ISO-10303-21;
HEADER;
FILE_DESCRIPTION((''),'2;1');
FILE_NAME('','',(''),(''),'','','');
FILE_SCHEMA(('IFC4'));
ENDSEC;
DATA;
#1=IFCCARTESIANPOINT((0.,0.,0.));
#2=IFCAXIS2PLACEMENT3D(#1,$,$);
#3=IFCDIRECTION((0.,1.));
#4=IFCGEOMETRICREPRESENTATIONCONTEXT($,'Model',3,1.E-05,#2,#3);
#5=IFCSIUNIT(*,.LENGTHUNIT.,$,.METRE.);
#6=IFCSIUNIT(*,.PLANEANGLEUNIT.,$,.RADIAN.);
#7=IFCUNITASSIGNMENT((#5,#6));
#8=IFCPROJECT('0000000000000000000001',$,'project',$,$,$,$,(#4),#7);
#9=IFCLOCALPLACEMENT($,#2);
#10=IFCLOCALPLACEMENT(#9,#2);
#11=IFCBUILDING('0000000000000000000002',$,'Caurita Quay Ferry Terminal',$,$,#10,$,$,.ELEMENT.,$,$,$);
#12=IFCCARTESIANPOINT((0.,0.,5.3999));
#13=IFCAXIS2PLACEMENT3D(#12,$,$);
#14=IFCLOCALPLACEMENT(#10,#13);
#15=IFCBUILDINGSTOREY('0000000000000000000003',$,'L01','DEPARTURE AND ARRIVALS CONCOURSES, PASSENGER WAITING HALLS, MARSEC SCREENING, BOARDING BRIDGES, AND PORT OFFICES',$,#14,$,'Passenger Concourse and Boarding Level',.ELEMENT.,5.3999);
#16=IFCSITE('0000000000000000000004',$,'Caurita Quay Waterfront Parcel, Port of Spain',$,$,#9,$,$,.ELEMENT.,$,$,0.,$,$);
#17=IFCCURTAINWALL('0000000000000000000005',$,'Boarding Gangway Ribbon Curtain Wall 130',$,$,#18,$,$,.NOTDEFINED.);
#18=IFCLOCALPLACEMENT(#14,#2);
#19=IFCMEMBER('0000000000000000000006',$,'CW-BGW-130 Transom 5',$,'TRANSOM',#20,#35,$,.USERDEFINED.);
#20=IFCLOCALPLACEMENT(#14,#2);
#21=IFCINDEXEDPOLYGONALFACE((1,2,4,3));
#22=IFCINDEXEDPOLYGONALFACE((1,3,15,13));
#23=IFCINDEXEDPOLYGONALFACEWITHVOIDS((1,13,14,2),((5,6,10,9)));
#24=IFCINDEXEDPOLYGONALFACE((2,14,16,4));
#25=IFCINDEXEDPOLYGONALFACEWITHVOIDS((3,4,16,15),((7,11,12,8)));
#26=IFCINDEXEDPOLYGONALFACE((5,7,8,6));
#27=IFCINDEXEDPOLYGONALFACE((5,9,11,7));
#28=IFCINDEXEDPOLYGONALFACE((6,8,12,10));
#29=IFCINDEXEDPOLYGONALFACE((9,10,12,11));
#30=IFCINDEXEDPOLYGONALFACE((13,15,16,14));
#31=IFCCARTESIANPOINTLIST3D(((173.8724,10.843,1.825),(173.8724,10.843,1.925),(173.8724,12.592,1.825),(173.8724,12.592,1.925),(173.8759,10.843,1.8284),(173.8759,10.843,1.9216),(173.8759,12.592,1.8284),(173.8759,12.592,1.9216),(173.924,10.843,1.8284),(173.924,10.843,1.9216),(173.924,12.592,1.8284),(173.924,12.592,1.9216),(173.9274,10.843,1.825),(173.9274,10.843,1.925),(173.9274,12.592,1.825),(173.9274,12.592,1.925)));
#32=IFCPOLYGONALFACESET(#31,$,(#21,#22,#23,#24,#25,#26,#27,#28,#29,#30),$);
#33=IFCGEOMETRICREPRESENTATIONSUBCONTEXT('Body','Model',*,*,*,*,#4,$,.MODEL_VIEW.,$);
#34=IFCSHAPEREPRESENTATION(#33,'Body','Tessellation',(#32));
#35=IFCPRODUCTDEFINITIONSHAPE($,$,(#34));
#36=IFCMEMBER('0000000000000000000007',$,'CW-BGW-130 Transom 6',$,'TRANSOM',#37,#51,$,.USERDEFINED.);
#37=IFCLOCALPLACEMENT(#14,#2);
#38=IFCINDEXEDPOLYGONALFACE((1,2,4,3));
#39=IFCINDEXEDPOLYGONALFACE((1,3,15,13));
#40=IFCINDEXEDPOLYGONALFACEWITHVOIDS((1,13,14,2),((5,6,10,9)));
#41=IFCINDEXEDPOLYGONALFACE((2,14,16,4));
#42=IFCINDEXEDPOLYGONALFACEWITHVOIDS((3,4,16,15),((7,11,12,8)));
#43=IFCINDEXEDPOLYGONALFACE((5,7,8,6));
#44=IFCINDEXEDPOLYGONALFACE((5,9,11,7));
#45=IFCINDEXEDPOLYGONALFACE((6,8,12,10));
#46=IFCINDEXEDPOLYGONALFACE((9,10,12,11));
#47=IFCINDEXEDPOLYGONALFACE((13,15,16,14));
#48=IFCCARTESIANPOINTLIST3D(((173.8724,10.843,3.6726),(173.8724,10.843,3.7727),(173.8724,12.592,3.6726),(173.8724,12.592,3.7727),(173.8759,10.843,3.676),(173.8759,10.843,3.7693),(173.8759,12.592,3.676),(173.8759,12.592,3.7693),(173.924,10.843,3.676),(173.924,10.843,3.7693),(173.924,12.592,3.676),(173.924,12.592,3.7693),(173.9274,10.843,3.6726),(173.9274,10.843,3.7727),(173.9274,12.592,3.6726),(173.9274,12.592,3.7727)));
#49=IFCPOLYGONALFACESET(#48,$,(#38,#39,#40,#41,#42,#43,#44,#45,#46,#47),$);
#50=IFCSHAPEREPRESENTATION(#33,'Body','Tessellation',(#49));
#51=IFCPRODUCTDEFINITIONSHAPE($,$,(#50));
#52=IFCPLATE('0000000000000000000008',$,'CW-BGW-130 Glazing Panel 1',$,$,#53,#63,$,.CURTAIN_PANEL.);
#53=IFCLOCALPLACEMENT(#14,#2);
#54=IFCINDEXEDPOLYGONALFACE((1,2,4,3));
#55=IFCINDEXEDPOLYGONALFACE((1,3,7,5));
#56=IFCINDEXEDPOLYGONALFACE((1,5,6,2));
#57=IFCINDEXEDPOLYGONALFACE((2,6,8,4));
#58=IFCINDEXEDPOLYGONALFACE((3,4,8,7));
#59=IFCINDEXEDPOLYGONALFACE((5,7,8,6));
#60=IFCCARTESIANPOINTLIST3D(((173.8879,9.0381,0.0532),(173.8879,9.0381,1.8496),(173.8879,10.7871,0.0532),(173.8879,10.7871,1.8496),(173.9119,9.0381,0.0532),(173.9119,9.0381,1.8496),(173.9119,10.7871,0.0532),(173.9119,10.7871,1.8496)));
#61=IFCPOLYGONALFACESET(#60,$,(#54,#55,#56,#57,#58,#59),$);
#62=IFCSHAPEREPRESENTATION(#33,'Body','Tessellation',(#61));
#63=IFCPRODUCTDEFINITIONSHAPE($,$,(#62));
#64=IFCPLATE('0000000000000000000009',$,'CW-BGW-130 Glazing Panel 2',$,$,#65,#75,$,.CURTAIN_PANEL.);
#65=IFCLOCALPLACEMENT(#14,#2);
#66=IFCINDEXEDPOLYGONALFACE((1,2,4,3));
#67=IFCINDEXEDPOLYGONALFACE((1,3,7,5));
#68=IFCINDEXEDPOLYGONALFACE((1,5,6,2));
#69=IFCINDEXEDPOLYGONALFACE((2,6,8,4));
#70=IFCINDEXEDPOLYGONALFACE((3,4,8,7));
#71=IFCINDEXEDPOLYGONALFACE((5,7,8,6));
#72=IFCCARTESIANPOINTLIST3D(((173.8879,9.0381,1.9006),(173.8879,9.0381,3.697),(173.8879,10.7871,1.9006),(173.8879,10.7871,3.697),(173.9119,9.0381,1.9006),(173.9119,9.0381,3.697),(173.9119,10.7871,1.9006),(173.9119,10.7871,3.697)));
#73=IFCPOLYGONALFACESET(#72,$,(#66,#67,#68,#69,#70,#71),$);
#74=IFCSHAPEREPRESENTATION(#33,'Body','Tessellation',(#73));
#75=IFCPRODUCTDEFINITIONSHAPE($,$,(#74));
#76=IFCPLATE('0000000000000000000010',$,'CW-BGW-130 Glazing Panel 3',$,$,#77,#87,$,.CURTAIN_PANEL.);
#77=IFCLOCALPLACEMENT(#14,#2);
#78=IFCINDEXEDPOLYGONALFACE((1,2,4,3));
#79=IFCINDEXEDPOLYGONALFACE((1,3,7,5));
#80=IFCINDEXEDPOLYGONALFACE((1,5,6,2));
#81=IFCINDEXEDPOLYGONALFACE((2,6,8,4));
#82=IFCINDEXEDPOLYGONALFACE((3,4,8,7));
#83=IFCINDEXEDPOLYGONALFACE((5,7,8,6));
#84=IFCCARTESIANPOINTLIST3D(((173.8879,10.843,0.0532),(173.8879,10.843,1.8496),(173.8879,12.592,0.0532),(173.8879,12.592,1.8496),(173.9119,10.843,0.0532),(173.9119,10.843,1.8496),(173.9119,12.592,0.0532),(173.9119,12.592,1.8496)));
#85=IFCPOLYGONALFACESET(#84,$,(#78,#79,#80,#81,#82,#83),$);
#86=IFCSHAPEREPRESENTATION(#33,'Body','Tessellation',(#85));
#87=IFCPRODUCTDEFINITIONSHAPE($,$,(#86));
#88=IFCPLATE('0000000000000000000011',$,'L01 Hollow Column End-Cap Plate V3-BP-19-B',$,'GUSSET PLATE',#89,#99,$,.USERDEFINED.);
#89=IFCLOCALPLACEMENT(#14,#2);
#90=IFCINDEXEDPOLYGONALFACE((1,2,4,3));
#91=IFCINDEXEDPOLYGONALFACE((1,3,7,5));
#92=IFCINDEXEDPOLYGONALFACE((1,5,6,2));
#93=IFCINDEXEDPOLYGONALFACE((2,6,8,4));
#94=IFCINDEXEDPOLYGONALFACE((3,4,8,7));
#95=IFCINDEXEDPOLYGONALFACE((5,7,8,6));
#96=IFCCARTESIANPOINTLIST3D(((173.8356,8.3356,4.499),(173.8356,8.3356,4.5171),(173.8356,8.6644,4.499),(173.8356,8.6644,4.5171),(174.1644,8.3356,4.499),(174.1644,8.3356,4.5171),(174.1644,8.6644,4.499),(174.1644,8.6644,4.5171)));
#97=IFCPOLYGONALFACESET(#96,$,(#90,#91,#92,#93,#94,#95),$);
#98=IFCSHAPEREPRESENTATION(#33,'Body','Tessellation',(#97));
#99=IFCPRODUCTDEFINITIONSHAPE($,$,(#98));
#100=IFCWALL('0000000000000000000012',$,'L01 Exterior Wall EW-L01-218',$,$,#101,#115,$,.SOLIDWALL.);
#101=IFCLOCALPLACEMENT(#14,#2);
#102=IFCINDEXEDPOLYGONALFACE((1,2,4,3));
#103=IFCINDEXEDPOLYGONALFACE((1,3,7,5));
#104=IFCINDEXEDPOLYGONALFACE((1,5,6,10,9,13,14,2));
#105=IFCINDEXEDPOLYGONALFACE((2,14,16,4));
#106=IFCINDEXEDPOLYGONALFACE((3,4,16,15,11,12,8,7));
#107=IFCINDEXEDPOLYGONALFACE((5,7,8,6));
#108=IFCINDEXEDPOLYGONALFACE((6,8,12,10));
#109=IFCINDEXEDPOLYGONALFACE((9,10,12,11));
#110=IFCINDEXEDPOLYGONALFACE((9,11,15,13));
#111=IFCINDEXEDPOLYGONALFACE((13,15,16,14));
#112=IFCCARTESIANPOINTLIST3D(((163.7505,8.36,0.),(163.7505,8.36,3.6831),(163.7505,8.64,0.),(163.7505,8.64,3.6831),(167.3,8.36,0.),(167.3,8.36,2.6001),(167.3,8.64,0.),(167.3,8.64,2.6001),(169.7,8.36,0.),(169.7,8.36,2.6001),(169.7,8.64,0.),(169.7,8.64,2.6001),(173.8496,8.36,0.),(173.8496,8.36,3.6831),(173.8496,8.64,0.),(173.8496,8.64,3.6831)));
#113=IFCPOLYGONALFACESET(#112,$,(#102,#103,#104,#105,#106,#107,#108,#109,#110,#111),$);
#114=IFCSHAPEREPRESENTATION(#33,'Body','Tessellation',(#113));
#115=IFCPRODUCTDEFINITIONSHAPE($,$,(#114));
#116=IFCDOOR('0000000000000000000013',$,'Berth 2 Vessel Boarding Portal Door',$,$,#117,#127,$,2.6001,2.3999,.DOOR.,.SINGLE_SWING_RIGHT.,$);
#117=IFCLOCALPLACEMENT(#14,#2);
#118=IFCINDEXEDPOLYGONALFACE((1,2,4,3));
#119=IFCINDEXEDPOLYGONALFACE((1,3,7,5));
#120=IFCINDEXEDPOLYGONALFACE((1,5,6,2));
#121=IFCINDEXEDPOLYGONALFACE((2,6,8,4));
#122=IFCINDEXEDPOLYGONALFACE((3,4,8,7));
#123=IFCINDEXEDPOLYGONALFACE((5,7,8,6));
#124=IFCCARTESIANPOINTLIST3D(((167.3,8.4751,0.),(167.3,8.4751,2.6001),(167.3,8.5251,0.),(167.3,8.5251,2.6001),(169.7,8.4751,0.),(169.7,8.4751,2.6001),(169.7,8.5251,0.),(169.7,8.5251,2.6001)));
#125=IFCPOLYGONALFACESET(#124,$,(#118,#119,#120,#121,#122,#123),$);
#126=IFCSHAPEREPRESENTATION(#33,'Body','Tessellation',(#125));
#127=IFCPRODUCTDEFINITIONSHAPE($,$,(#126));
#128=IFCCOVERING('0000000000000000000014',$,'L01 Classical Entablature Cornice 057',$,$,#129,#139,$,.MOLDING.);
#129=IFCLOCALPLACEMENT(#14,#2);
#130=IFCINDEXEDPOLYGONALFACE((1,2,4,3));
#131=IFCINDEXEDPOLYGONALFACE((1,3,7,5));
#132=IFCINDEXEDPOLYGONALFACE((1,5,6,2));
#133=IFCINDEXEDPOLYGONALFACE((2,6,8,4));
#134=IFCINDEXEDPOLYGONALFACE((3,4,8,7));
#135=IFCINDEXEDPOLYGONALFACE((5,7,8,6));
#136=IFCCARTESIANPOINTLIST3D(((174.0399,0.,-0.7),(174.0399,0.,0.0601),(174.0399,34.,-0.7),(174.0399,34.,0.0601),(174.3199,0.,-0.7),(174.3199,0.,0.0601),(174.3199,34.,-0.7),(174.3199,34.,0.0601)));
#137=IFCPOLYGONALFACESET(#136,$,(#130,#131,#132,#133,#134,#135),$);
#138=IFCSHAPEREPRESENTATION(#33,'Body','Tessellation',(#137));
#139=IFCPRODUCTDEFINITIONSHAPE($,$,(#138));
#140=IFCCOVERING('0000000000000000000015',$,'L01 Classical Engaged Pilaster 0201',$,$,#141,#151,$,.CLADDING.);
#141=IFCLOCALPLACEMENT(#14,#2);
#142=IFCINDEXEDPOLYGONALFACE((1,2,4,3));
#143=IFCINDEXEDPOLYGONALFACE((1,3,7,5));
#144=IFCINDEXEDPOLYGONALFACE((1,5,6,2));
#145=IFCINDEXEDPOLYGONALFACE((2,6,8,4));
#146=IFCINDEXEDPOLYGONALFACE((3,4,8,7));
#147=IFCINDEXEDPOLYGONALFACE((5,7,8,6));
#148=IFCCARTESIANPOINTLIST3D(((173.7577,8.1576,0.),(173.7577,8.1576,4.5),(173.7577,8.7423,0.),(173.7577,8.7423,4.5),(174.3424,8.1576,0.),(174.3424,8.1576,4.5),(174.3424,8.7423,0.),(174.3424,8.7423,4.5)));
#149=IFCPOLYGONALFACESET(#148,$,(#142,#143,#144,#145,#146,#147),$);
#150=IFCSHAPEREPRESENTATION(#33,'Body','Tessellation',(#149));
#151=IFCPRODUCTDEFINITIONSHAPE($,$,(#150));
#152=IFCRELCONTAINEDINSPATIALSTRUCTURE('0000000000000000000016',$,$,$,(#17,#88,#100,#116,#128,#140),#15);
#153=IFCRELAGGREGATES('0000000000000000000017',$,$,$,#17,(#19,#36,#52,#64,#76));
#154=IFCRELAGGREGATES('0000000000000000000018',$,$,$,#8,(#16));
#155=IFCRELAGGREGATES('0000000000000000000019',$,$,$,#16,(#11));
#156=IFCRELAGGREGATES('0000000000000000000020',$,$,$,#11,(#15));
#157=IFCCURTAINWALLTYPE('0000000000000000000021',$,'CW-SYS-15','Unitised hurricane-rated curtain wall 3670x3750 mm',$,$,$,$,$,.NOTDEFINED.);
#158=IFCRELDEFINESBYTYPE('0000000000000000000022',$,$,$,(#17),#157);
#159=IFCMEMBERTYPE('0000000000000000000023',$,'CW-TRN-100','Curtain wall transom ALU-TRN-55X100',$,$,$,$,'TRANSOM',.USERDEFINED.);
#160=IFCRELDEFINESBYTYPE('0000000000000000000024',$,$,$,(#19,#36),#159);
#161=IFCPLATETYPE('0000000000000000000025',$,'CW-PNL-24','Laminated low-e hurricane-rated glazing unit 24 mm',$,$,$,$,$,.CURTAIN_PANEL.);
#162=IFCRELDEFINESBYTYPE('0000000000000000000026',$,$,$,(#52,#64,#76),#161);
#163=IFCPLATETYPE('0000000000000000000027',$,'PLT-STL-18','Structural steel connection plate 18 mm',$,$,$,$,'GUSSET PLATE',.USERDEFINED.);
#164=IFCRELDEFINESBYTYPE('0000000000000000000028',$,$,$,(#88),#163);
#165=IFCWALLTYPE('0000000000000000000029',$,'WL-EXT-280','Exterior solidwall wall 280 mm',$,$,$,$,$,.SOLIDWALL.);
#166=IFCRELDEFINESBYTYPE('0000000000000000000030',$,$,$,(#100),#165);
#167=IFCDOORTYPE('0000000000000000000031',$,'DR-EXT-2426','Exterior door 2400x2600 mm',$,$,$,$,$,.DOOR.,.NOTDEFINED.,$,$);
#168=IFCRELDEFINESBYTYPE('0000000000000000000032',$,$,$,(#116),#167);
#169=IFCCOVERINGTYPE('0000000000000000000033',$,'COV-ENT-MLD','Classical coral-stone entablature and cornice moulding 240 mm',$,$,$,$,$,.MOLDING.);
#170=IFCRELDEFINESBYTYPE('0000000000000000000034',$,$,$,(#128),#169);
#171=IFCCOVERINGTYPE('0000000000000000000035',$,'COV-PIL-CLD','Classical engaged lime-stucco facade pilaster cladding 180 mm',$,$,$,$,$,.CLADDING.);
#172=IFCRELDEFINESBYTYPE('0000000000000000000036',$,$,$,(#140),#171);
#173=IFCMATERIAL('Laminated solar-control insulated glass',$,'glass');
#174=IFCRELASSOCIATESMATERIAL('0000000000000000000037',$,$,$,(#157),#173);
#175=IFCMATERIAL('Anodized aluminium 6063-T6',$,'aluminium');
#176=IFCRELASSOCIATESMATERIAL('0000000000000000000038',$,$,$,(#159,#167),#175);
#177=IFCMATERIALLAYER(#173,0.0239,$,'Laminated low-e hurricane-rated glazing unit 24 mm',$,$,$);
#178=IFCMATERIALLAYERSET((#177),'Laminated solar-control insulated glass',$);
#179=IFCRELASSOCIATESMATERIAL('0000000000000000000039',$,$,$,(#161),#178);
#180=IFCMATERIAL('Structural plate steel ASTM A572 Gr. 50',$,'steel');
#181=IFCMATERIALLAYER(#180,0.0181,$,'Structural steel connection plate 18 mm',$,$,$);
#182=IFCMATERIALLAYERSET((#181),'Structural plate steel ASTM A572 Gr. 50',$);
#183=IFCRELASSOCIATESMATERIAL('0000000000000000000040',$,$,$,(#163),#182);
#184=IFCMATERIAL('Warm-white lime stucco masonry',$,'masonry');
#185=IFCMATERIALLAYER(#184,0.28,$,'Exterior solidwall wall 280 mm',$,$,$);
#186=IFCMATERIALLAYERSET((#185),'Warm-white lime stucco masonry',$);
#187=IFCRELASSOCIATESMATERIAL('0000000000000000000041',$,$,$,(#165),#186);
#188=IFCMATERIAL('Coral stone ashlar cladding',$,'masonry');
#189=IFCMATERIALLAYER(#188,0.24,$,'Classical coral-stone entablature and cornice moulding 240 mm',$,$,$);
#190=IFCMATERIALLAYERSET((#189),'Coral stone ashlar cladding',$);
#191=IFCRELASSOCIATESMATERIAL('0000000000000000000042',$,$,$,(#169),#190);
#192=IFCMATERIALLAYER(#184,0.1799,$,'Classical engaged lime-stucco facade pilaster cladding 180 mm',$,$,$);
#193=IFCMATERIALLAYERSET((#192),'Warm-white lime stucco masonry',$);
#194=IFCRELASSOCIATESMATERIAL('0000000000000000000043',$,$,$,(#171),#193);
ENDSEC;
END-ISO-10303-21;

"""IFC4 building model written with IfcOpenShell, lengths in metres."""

from ifc_helpers import new_model, si_unit, direction, frame, frame_2d, origin, origin_2d, place, context, subcontext, project, spatial, rectangle, hollow_rectangle, extrude, material, layer, layer_set, material_profile, profile_set, type_object, element, fill, aggregate, save


model = new_model("IFC4")

# Units and contexts
model_context = context("Model", 3, precision=1e-05, world=origin(), true_north=direction((0.0, 1.0)))
body_context = subcontext(model_context, "Body", "Model", "MODEL_VIEW")
ifc_project = project(units=[si_unit("LENGTHUNIT", "METRE"), si_unit("PLANEANGLEUNIT", "RADIAN")], contexts=[model_context])

# Site, building, storey
site_placement = place(None, origin())
site = spatial("IfcSite", under=ifc_project, at=site_placement, Name="Caurita Quay Waterfront Parcel, Port of Spain", CompositionType="ELEMENT", RefElevation=0.0)
building_placement = place(site_placement, origin())
building = spatial("IfcBuilding", under=site, at=building_placement, Name="Caurita Quay Ferry Terminal", CompositionType="ELEMENT")
storey_placement = place(building_placement, frame((0.0, 0.0, 5.3999)))
storey = spatial("IfcBuildingStorey", under=building, at=storey_placement, Name="L01", Description="DEPARTURE AND ARRIVALS CONCOURSES, PASSENGER WAITING HALLS, MARSEC SCREENING, BOARDING BRIDGES, AND PORT OFFICES", LongName="Passenger Concourse and Boarding Level", CompositionType="ELEMENT", Elevation=5.3999)

# Curtain wall, members, plates
ifc_material_1 = material(Name="Laminated solar-control insulated glass", Category="glass")
curtain_wall_type = type_object("IfcCurtainWallType", Name="CW-SYS-15", Description="Unitised hurricane-rated curtain wall 3670x3750 mm", PredefinedType="NOTDEFINED", material=ifc_material_1)
curtain_wall_placement = place(storey_placement, origin())
curtain_wall = element("IfcCurtainWall", 1, at=curtain_wall_placement, inside=storey, type_object=curtain_wall_type, Name="Boarding Gangway Ribbon Curtain Wall 130", PredefinedType="NOTDEFINED")
ifc_material_2 = material(Name="Anodized aluminium 6063-T6", Category="aluminium")
ifc_material_profile_1 = material_profile(ifc_material_2, hollow_rectangle(XDim=0.0549, YDim=0.1001, WallThickness=0.0034, at=origin_2d()), Name="ALU-TRN-55X100")
ifc_profile_set_1 = profile_set([ifc_material_profile_1], Name="Anodized aluminium 6063-T6")
member_type_1 = type_object("IfcMemberType", Name="CW-TRN-100", Description="Curtain wall transom ALU-TRN-55X100", ElementType="TRANSOM", PredefinedType="USERDEFINED", material=ifc_profile_set_1)
member_1_placement = place(storey_placement, frame((173.8999, 10.843, 1.875), z_axis=(0.0, 1.0, 0.0), x_axis=(-1.0, 0.0, 0.0)))
member_1 = element("IfcMember", 2, at=member_1_placement, type_object=member_type_1, Name="CW-BGW-130 Transom 5", ObjectType="TRANSOM", PredefinedType="USERDEFINED", context=body_context, shape_type="SweptSolid", body=[
    extrude(hollow_rectangle(XDim=0.0549, YDim=0.1001, WallThickness=0.0034, at=origin_2d()), origin(), (0.0, 0.0, 1.0), 1.749),
])
member_2_placement = place(storey_placement, frame((173.8999, 10.843, 3.7227), z_axis=(0.0, 1.0, 0.0), x_axis=(-1.0, 0.0, 0.0)))
member_2 = element("IfcMember", 3, at=member_2_placement, type_object=member_type_1, Name="CW-BGW-130 Transom 6", ObjectType="TRANSOM", PredefinedType="USERDEFINED", context=body_context, shape_type="SweptSolid", body=[
    extrude(hollow_rectangle(XDim=0.0549, YDim=0.1001, WallThickness=0.0034, at=origin_2d()), origin(), (0.0, 0.0, 1.0), 1.749),
])
ifc_layer_1 = layer(ifc_material_1, 0.0239, Name="Laminated low-e hurricane-rated glazing unit 24 mm")
ifc_layer_set_1 = layer_set([ifc_layer_1], Name="Laminated solar-control insulated glass")
plate_type_1 = type_object("IfcPlateType", Name="CW-PNL-24", Description="Laminated low-e hurricane-rated glazing unit 24 mm", PredefinedType="CURTAIN_PANEL", material=ifc_layer_set_1)
plate_1_placement = place(storey_placement, frame((173.8999, 9.9126, 0.0532), z_axis=(0.0, 0.0, 1.0), x_axis=(0.0, 1.0, 0.0)))
plate_1 = element("IfcPlate", 4, at=plate_1_placement, type_object=plate_type_1, Name="CW-BGW-130 Glazing Panel 1", PredefinedType="CURTAIN_PANEL", context=body_context, shape_type="SweptSolid", body=[
    extrude(rectangle(XDim=1.749, YDim=0.0239, at=origin_2d()), origin(), (0.0, 0.0, 1.0), 1.7964),
])
plate_2_placement = place(storey_placement, frame((173.8999, 9.9126, 1.9006), z_axis=(0.0, 0.0, 1.0), x_axis=(0.0, 1.0, 0.0)))
plate_2 = element("IfcPlate", 5, at=plate_2_placement, type_object=plate_type_1, Name="CW-BGW-130 Glazing Panel 2", PredefinedType="CURTAIN_PANEL", context=body_context, shape_type="SweptSolid", body=[
    extrude(rectangle(XDim=1.749, YDim=0.0239, at=origin_2d()), origin(), (0.0, 0.0, 1.0), 1.7964),
])
plate_3_placement = place(storey_placement, frame((173.8999, 11.7175, 0.0532), z_axis=(0.0, 0.0, 1.0), x_axis=(0.0, 1.0, 0.0)))
plate_3 = element("IfcPlate", 6, at=plate_3_placement, type_object=plate_type_1, Name="CW-BGW-130 Glazing Panel 3", PredefinedType="CURTAIN_PANEL", context=body_context, shape_type="SweptSolid", body=[
    extrude(rectangle(XDim=1.749, YDim=0.0239, at=origin_2d()), origin(), (0.0, 0.0, 1.0), 1.7964),
])
aggregate(curtain_wall, [member_1, member_2, plate_1, plate_2, plate_3])

# Plate
ifc_material_3 = material(Name="Structural plate steel ASTM A572 Gr. 50", Category="steel")
ifc_layer_2 = layer(ifc_material_3, 0.0181, Name="Structural steel connection plate 18 mm")
ifc_layer_set_2 = layer_set([ifc_layer_2], Name="Structural plate steel ASTM A572 Gr. 50")
plate_type_2 = type_object("IfcPlateType", Name="PLT-STL-18", Description="Structural steel connection plate 18 mm", ElementType="GUSSET PLATE", PredefinedType="USERDEFINED", material=ifc_layer_set_2)
plate_4_placement = place(storey_placement, frame((174.0, 8.5, 4.499), z_axis=(0.0, 0.0, 1.0), x_axis=(1.0, 0.0, 0.0)))
element("IfcPlate", 7, at=plate_4_placement, inside=storey, type_object=plate_type_2, Name="L01 Hollow Column End-Cap Plate V3-BP-19-B", ObjectType="GUSSET PLATE", PredefinedType="USERDEFINED", context=body_context, shape_type="SweptSolid", body=[
    extrude(rectangle(XDim=0.3289, YDim=0.3289, at=origin_2d()), origin(), (0.0, 0.0, 1.0), 0.0181),
])

# Wall, opening, door
ifc_material_4 = material(Name="Warm-white lime stucco masonry", Category="masonry")
ifc_layer_3 = layer(ifc_material_4, 0.28, Name="Exterior solidwall wall 280 mm")
ifc_layer_set_3 = layer_set([ifc_layer_3], Name="Warm-white lime stucco masonry")
wall_type = type_object("IfcWallType", Name="WL-EXT-280", Description="Exterior solidwall wall 280 mm", PredefinedType="SOLIDWALL", material=ifc_layer_set_3)
wall_placement = place(storey_placement, frame((163.7505, 8.5, 0.0), z_axis=(0.0, 0.0, 1.0), x_axis=(1.0, 0.0, 0.0)))
wall = element("IfcWall", 8, at=wall_placement, inside=storey, type_object=wall_type, Name="L01 Exterior Wall EW-L01-218", PredefinedType="SOLIDWALL", context=body_context, shape_type="SweptSolid", body=[
    extrude(rectangle(XDim=10.0991, YDim=0.28, at=frame_2d((5.0496, 0.0))), origin(), (0.0, 0.0, 1.0), 3.6831),
])
opening_placement = place(wall_placement, frame((3.5496, 0.0, 0.0)))
opening = element("IfcOpeningElement", 9, at=opening_placement, cuts=wall, PredefinedType="OPENING", context=body_context, shape_type="SweptSolid", body=[
    extrude(rectangle(XDim=2.3999, YDim=2.6001, at=frame_2d((1.2, 1.3))), frame((0.0, 0.1499, 0.0), z_axis=(0.0, -1.0, 0.0), x_axis=(1.0, 0.0, 0.0)), (0.0, 0.0, 1.0), 0.3),
])
door_type = type_object("IfcDoorType", Name="DR-EXT-2426", Description="Exterior door 2400x2600 mm", OperationType="NOTDEFINED", PredefinedType="DOOR", material=ifc_material_2)
door_placement = place(opening_placement, frame((2.3999, 0.0, 0.0), z_axis=(0.0, 0.0, 1.0), x_axis=(-1.0, 0.0, 0.0)))
door = element("IfcDoor", 10, at=door_placement, inside=storey, type_object=door_type, Name="Berth 2 Vessel Boarding Portal Door", OperationType="SINGLE_SWING_RIGHT", OverallHeight=2.6001, OverallWidth=2.3999, PredefinedType="DOOR", context=body_context, shape_type="SweptSolid", body=[
    extrude(rectangle(XDim=2.3999, YDim=2.6001, at=frame_2d((1.2, 1.3))), frame((0.0, 0.0249, 0.0), z_axis=(0.0, -1.0, 0.0), x_axis=(1.0, 0.0, 0.0)), (0.0, 0.0, 1.0), 0.05),
])
fill(opening, door)

# Coverings
ifc_material_5 = material(Name="Coral stone ashlar cladding", Category="masonry")
ifc_layer_4 = layer(ifc_material_5, 0.24, Name="Classical coral-stone entablature and cornice moulding 240 mm")
ifc_layer_set_4 = layer_set([ifc_layer_4], Name="Coral stone ashlar cladding")
covering_type_1 = type_object("IfcCoveringType", Name="COV-ENT-MLD", Description="Classical coral-stone entablature and cornice moulding 240 mm", PredefinedType="MOLDING", material=ifc_layer_set_4)
covering_1_placement = place(storey_placement, frame((174.1799, 0.0, -0.7), z_axis=(0.0, 0.0, 1.0), x_axis=(0.0, 1.0, 0.0)))
element("IfcCovering", 11, at=covering_1_placement, inside=storey, type_object=covering_type_1, Name="L01 Classical Entablature Cornice 057", PredefinedType="MOLDING", context=body_context, shape_type="SweptSolid", body=[
    extrude(rectangle(XDim=34.0, YDim=0.28, at=frame_2d((17.0, 0.0))), origin(), (0.0, 0.0, 1.0), 0.76),
])
ifc_layer_5 = layer(ifc_material_4, 0.1799, Name="Classical engaged lime-stucco facade pilaster cladding 180 mm")
ifc_layer_set_5 = layer_set([ifc_layer_5], Name="Warm-white lime stucco masonry")
covering_type_2 = type_object("IfcCoveringType", Name="COV-PIL-CLD", Description="Classical engaged lime-stucco facade pilaster cladding 180 mm", PredefinedType="CLADDING", material=ifc_layer_set_5)
covering_2_placement = place(storey_placement, frame((174.05, 8.45, 0.0), z_axis=(0.0, 0.0, 1.0), x_axis=(1.0, 0.0, 0.0)))
element("IfcCovering", 12, at=covering_2_placement, inside=storey, type_object=covering_type_2, Name="L01 Classical Engaged Pilaster 0201", PredefinedType="CLADDING", context=body_context, shape_type="SweptSolid", body=[
    extrude(rectangle(XDim=0.5847, YDim=0.5847, at=origin_2d()), origin(), (0.0, 0.0, 1.0), 4.5),
])

save(model, "model.ifc")
